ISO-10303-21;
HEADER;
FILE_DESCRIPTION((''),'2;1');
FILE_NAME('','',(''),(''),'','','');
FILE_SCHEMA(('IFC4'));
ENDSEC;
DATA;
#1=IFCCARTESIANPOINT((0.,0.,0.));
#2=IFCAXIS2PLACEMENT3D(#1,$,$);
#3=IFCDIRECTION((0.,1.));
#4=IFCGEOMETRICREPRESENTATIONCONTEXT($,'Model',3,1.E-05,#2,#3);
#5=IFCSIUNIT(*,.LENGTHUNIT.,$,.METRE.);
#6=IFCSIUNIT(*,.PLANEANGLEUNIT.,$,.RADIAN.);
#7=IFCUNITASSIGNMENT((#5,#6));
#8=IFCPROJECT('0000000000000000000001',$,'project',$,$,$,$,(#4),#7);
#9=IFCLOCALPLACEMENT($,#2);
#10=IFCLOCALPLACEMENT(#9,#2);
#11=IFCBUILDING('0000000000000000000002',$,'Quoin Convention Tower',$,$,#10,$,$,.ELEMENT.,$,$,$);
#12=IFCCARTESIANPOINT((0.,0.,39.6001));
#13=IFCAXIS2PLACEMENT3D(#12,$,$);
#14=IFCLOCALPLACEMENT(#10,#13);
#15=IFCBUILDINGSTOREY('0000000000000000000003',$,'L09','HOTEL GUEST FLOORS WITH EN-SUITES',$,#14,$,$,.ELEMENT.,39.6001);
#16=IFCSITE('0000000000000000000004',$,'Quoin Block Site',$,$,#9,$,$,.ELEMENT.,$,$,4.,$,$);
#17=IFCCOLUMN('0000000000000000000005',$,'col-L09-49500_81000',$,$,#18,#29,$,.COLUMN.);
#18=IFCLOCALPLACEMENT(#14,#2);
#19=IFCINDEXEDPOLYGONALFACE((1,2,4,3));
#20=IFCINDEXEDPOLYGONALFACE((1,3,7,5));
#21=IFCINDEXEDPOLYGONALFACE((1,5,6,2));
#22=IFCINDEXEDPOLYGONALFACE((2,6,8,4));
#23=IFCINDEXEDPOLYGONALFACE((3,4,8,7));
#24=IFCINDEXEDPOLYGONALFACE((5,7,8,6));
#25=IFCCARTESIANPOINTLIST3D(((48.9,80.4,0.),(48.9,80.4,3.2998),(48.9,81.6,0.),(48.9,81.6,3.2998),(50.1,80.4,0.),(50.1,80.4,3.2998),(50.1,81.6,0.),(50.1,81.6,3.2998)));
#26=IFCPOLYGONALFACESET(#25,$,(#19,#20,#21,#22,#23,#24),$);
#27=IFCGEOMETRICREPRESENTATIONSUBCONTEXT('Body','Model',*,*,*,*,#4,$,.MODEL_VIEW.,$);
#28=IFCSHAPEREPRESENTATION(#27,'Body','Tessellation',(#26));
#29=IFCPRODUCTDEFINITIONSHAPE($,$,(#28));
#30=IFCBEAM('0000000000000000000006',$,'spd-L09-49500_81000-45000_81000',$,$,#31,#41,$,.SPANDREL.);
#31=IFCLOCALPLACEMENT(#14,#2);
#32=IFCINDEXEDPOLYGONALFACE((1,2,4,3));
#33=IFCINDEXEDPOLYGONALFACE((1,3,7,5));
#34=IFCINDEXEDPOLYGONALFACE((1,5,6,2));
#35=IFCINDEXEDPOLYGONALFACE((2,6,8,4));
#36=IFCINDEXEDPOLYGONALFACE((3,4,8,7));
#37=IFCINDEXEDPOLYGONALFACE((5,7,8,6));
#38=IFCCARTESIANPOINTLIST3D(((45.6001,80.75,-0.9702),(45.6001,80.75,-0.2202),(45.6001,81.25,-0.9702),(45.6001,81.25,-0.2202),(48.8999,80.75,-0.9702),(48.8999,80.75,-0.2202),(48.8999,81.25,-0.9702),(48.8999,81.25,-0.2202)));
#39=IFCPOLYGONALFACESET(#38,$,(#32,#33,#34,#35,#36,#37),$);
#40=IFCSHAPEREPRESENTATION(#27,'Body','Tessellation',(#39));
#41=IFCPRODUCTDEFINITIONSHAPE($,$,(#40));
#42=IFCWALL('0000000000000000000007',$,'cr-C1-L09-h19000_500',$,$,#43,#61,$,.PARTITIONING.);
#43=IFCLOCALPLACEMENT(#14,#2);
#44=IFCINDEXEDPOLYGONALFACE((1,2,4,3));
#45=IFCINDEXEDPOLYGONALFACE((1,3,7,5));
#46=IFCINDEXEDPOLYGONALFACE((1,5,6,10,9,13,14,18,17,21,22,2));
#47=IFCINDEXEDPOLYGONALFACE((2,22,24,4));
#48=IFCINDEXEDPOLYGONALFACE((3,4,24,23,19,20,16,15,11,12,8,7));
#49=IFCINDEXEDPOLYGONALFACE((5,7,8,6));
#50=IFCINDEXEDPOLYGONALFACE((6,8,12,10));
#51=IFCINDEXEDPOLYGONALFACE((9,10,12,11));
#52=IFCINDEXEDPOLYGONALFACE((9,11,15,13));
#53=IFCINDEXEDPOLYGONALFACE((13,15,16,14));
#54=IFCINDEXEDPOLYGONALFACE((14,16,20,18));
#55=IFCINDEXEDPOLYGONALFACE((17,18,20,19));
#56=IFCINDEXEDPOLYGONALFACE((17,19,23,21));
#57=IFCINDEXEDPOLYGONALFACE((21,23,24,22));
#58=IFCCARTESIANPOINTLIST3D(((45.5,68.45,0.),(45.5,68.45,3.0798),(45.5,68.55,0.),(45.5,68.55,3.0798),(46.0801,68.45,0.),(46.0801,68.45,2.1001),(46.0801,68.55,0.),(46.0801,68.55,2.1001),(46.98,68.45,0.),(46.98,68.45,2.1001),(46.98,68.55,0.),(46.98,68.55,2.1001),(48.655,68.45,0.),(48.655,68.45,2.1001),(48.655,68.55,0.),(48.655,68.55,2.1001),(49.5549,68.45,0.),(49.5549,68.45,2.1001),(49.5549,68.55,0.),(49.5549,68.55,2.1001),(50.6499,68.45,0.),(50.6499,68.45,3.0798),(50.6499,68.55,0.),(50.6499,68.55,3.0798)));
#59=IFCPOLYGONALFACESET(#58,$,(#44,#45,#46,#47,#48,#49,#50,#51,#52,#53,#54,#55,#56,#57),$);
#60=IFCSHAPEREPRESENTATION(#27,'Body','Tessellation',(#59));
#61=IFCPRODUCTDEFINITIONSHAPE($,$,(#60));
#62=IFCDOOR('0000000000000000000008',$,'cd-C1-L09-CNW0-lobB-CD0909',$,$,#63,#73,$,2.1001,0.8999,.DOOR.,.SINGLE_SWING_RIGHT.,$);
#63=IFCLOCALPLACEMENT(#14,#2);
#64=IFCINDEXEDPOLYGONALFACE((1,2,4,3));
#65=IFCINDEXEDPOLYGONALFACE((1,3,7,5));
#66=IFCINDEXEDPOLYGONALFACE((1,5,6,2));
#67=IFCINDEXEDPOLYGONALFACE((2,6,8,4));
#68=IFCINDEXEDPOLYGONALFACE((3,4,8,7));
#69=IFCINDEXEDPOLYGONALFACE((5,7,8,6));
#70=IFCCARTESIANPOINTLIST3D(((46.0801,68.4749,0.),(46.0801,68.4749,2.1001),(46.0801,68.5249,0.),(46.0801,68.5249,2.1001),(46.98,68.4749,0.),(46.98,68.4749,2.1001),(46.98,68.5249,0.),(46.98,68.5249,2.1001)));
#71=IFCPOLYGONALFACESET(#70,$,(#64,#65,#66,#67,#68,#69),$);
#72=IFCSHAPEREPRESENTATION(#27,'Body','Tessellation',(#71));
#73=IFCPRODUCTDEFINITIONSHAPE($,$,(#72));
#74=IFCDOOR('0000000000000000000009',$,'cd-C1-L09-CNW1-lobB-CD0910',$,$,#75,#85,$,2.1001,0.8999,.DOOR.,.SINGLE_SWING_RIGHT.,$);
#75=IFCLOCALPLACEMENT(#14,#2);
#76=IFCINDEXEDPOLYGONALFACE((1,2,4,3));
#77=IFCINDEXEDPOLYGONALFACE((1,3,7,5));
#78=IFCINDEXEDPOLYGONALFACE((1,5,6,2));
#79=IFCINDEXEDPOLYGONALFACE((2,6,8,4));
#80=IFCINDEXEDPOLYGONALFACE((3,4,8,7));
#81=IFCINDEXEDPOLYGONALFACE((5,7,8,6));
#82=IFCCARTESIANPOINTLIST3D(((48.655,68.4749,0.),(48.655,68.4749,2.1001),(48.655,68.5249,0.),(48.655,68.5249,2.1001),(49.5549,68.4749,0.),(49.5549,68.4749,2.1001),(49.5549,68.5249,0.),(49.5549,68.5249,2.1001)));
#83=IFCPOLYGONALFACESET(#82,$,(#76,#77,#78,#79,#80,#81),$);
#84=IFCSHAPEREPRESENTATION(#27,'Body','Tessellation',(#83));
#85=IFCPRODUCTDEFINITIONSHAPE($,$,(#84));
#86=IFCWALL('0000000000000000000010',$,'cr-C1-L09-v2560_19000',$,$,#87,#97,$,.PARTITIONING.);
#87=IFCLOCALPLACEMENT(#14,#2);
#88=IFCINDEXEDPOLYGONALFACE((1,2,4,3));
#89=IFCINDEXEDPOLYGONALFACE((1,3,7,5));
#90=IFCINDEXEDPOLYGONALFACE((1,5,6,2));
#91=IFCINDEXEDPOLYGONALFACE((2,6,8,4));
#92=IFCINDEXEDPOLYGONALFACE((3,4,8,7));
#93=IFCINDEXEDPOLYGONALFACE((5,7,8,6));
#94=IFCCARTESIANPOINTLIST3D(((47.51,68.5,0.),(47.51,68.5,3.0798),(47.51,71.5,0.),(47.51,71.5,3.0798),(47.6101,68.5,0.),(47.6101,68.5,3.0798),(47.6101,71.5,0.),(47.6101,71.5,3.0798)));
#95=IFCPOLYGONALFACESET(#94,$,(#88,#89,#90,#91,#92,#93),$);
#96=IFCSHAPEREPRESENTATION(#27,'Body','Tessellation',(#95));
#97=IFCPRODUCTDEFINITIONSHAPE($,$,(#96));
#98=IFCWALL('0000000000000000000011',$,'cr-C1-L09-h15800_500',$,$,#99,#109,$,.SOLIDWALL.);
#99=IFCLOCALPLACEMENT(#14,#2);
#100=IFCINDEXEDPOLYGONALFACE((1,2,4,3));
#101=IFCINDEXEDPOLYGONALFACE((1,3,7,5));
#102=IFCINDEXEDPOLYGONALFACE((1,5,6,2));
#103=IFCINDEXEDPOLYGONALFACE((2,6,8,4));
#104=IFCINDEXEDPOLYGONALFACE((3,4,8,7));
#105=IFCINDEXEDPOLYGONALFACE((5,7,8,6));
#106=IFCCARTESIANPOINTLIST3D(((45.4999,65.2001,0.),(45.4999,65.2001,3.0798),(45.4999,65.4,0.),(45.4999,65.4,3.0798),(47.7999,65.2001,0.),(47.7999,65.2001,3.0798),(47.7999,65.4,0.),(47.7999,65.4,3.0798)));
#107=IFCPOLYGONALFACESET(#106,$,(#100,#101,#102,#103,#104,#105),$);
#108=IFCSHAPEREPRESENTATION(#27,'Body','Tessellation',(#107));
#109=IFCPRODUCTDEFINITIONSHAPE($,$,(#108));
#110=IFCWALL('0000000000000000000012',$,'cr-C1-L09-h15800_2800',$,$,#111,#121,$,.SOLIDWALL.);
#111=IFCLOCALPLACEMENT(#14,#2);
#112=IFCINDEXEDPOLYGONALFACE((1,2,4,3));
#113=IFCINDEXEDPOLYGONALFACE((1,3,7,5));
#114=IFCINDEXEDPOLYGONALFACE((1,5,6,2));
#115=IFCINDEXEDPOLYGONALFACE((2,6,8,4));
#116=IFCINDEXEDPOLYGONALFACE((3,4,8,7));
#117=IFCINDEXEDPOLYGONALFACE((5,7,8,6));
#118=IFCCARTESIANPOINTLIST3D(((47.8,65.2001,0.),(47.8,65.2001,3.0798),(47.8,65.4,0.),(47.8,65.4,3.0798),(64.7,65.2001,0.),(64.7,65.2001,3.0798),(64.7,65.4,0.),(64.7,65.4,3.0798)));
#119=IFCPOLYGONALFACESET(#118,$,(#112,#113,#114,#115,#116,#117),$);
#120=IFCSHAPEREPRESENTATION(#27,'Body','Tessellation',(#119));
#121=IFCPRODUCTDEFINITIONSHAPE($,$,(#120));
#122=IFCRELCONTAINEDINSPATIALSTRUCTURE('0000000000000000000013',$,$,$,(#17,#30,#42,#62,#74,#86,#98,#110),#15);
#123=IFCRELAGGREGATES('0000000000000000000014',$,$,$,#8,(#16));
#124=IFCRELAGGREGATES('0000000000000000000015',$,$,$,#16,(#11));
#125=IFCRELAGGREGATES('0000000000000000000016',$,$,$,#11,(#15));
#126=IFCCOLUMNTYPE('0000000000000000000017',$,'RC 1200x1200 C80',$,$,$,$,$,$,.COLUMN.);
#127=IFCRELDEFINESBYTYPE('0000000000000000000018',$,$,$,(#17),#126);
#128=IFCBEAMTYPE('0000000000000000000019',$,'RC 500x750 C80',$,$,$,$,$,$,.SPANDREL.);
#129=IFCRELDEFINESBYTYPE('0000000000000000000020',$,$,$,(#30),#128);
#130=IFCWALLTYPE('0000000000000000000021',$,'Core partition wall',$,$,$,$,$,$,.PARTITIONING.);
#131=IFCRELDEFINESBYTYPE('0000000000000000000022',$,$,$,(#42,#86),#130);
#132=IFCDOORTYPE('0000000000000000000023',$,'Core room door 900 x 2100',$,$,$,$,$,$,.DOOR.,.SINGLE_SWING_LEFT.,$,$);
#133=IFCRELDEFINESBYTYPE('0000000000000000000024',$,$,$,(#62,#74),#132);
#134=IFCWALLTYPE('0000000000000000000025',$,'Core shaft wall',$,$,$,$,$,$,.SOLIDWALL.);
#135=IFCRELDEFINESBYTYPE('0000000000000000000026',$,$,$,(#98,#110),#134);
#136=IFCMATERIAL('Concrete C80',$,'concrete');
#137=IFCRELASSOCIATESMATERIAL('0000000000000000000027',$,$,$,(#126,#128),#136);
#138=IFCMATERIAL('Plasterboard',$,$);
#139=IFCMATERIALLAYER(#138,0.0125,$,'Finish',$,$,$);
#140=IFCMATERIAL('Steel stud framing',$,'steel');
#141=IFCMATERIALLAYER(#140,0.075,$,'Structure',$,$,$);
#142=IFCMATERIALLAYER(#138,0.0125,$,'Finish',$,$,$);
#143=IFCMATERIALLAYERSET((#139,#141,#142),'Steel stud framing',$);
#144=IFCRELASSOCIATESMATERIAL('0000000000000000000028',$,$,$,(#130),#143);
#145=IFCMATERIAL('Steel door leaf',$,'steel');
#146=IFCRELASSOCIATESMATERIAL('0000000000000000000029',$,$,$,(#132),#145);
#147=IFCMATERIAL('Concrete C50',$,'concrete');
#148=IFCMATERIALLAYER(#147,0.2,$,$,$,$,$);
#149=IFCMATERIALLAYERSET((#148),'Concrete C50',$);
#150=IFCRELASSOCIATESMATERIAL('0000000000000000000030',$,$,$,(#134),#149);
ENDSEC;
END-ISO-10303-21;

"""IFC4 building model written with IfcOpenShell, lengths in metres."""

from ifc_helpers import new_model, si_unit, direction, frame, frame_2d, origin, origin_2d, place, context, subcontext, project, spatial, rectangle, extrude, material, layer, layer_set, material_profile, profile_set, type_object, element, fill, save


model = new_model("IFC4")

# Units and contexts
model_context = context("Model", 3, precision=1e-05, world=origin(), true_north=direction((0.0, 1.0)))
body_context = subcontext(model_context, "Body", "Model", "MODEL_VIEW")
ifc_project = project(units=[si_unit("LENGTHUNIT", "METRE"), si_unit("PLANEANGLEUNIT", "RADIAN")], contexts=[model_context])

# Site, building, storey
site_placement = place(None, origin())
site = spatial("IfcSite", under=ifc_project, at=site_placement, Name="Quoin Block Site", CompositionType="ELEMENT", RefElevation=4.0)
building_placement = place(site_placement, origin())
building = spatial("IfcBuilding", under=site, at=building_placement, Name="Quoin Convention Tower", CompositionType="ELEMENT")
storey_placement = place(building_placement, frame((0.0, 0.0, 39.6001)))
storey = spatial("IfcBuildingStorey", under=building, at=storey_placement, Name="L09", Description="HOTEL GUEST FLOORS WITH EN-SUITES", CompositionType="ELEMENT", Elevation=39.6001)

# Column
ifc_material_1 = material(Name="Concrete C80", Category="concrete")
ifc_material_profile_1 = material_profile(ifc_material_1, rectangle(XDim=1.2, YDim=1.2, at=origin_2d()), Name="RC 1200x1200")
ifc_profile_set_1 = profile_set([ifc_material_profile_1], Name="Concrete C80")
column_type = type_object("IfcColumnType", Name="RC 1200x1200 C80", PredefinedType="COLUMN", material=ifc_profile_set_1)
column_placement = place(storey_placement, frame((49.5, 81.0, 0.0), z_axis=(0.0, 0.0, 1.0), x_axis=(1.0, 0.0, 0.0)))
element("IfcColumn", 1, at=column_placement, inside=storey, type_object=column_type, Name="col-L09-49500_81000", PredefinedType="COLUMN", context=body_context, shape_type="SweptSolid", body=[
    extrude(rectangle(XDim=1.2, YDim=1.2, at=origin_2d()), origin(), (0.0, 0.0, 1.0), 3.2998),
])

# Beam
ifc_material_profile_2 = material_profile(ifc_material_1, rectangle(XDim=0.5, YDim=0.75, at=origin_2d()), Name="RC 500x750")
ifc_profile_set_2 = profile_set([ifc_material_profile_2], Name="Concrete C80")
beam_type = type_object("IfcBeamType", Name="RC 500x750 C80", PredefinedType="SPANDREL", material=ifc_profile_set_2)
beam_placement = place(storey_placement, frame((48.8999, 81.0, -0.5952), z_axis=(-1.0, 0.0, 0.0), x_axis=(0.0, -1.0, 0.0)))
element("IfcBeam", 2, at=beam_placement, inside=storey, type_object=beam_type, Name="spd-L09-49500_81000-45000_81000", PredefinedType="SPANDREL", context=body_context, shape_type="SweptSolid", body=[
    extrude(rectangle(XDim=0.5, YDim=0.75, at=origin_2d()), origin(), (0.0, 0.0, 1.0), 3.2998),
])

# Wall, openings, doors
ifc_material_2 = material(Name="Plasterboard")
ifc_layer_1 = layer(ifc_material_2, 0.0125, Name="Finish")
ifc_material_3 = material(Name="Steel stud framing", Category="steel")
ifc_layer_2 = layer(ifc_material_3, 0.075, Name="Structure")
ifc_layer_3 = layer(ifc_material_2, 0.0125, Name="Finish")
ifc_layer_set_1 = layer_set([ifc_layer_1, ifc_layer_2, ifc_layer_3], Name="Steel stud framing")
wall_type_1 = type_object("IfcWallType", Name="Core partition wall", PredefinedType="PARTITIONING", material=ifc_layer_set_1)
wall_1_placement = place(storey_placement, frame((45.5, 68.5, 0.0), z_axis=(0.0, 0.0, 1.0), x_axis=(1.0, 0.0, 0.0)))
wall_1 = element("IfcWall", 3, at=wall_1_placement, inside=storey, type_object=wall_type_1, Name="cr-C1-L09-h19000_500", PredefinedType="PARTITIONING", context=body_context, shape_type="SweptSolid", body=[
    extrude(rectangle(XDim=5.1499, YDim=0.1001, at=frame_2d((2.575, 0.0))), origin(), (0.0, 0.0, 1.0), 3.0798),
])
opening_1_placement = place(wall_1_placement, frame((0.5801, 0.0, 0.0)))
opening_1 = element("IfcOpeningElement", 4, at=opening_1_placement, cuts=wall_1, PredefinedType="OPENING", context=body_context, shape_type="SweptSolid", body=[
    extrude(rectangle(XDim=0.8999, YDim=2.1001, at=frame_2d((0.45, 1.05))), frame((0.0, 0.0601, 0.0), z_axis=(0.0, -1.0, 0.0), x_axis=(1.0, 0.0, 0.0)), (0.0, 0.0, 1.0), 0.1201),
])
opening_2_placement = place(wall_1_placement, frame((3.155, 0.0, 0.0)))
opening_2 = element("IfcOpeningElement", 5, at=opening_2_placement, cuts=wall_1, PredefinedType="OPENING", context=body_context, shape_type="SweptSolid", body=[
    extrude(rectangle(XDim=0.8999, YDim=2.1001, at=frame_2d((0.45, 1.05))), frame((0.0, 0.0601, 0.0), z_axis=(0.0, -1.0, 0.0), x_axis=(1.0, 0.0, 0.0)), (0.0, 0.0, 1.0), 0.1201),
])
ifc_material_4 = material(Name="Steel door leaf", Category="steel")
door_type_1 = type_object("IfcDoorType", Name="Core room door 900 x 2100", OperationType="SINGLE_SWING_LEFT", PredefinedType="DOOR", material=ifc_material_4)
door_1_placement = place(opening_1_placement, origin())
door_1 = element("IfcDoor", 6, at=door_1_placement, inside=storey, type_object=door_type_1, Name="cd-C1-L09-CNW0-lobB-CD0909", OperationType="SINGLE_SWING_RIGHT", OverallHeight=2.1001, OverallWidth=0.8999, PredefinedType="DOOR", context=body_context, shape_type="SweptSolid", body=[
    extrude(rectangle(XDim=0.8999, YDim=2.1001, at=frame_2d((0.45, 1.05))), frame((0.0, 0.0249, 0.0), z_axis=(0.0, -1.0, 0.0), x_axis=(1.0, 0.0, 0.0)), (0.0, 0.0, 1.0), 0.05),
])
fill(opening_1, door_1)
door_2_placement = place(opening_2_placement, origin())
door_2 = element("IfcDoor", 7, at=door_2_placement, inside=storey, type_object=door_type_1, Name="cd-C1-L09-CNW1-lobB-CD0910", OperationType="SINGLE_SWING_RIGHT", OverallHeight=2.1001, OverallWidth=0.8999, PredefinedType="DOOR", context=body_context, shape_type="SweptSolid", body=[
    extrude(rectangle(XDim=0.8999, YDim=2.1001, at=frame_2d((0.45, 1.05))), frame((0.0, 0.0249, 0.0), z_axis=(0.0, -1.0, 0.0), x_axis=(1.0, 0.0, 0.0)), (0.0, 0.0, 1.0), 0.05),
])
fill(opening_2, door_2)

# Walls
wall_2_placement = place(storey_placement, frame((47.5601, 68.5, 0.0), z_axis=(0.0, 0.0, 1.0), x_axis=(0.0, 1.0, 0.0)))
element("IfcWall", 8, at=wall_2_placement, inside=storey, type_object=wall_type_1, Name="cr-C1-L09-v2560_19000", PredefinedType="PARTITIONING", context=body_context, shape_type="SweptSolid", body=[
    extrude(rectangle(XDim=3.0, YDim=0.1001, at=frame_2d((1.5, 0.0))), origin(), (0.0, 0.0, 1.0), 3.0798),
])
ifc_material_5 = material(Name="Concrete C50", Category="concrete")
ifc_layer_4 = layer(ifc_material_5, 0.2)
ifc_layer_set_2 = layer_set([ifc_layer_4], Name="Concrete C50")
wall_type_2 = type_object("IfcWallType", Name="Core shaft wall", PredefinedType="SOLIDWALL", material=ifc_layer_set_2)
wall_3_placement = place(storey_placement, frame((45.5, 65.3, 0.0), z_axis=(0.0, 0.0, 1.0), x_axis=(1.0, 0.0, 0.0)))
element("IfcWall", 9, at=wall_3_placement, inside=storey, type_object=wall_type_2, Name="cr-C1-L09-h15800_500", PredefinedType="SOLIDWALL", context=body_context, shape_type="SweptSolid", body=[
    extrude(rectangle(XDim=2.3, YDim=0.2, at=frame_2d((1.1499, 0.0))), origin(), (0.0, 0.0, 1.0), 3.0798),
])
wall_4_placement = place(storey_placement, frame((47.8, 65.3, 0.0), z_axis=(0.0, 0.0, 1.0), x_axis=(1.0, 0.0, 0.0)))
element("IfcWall", 10, at=wall_4_placement, inside=storey, type_object=wall_type_2, Name="cr-C1-L09-h15800_2800", PredefinedType="SOLIDWALL", context=body_context, shape_type="SweptSolid", body=[
    extrude(rectangle(XDim=16.8999, YDim=0.2, at=frame_2d((8.45, 0.0))), origin(), (0.0, 0.0, 1.0), 3.0798),
])

save(model, "model.ifc")
